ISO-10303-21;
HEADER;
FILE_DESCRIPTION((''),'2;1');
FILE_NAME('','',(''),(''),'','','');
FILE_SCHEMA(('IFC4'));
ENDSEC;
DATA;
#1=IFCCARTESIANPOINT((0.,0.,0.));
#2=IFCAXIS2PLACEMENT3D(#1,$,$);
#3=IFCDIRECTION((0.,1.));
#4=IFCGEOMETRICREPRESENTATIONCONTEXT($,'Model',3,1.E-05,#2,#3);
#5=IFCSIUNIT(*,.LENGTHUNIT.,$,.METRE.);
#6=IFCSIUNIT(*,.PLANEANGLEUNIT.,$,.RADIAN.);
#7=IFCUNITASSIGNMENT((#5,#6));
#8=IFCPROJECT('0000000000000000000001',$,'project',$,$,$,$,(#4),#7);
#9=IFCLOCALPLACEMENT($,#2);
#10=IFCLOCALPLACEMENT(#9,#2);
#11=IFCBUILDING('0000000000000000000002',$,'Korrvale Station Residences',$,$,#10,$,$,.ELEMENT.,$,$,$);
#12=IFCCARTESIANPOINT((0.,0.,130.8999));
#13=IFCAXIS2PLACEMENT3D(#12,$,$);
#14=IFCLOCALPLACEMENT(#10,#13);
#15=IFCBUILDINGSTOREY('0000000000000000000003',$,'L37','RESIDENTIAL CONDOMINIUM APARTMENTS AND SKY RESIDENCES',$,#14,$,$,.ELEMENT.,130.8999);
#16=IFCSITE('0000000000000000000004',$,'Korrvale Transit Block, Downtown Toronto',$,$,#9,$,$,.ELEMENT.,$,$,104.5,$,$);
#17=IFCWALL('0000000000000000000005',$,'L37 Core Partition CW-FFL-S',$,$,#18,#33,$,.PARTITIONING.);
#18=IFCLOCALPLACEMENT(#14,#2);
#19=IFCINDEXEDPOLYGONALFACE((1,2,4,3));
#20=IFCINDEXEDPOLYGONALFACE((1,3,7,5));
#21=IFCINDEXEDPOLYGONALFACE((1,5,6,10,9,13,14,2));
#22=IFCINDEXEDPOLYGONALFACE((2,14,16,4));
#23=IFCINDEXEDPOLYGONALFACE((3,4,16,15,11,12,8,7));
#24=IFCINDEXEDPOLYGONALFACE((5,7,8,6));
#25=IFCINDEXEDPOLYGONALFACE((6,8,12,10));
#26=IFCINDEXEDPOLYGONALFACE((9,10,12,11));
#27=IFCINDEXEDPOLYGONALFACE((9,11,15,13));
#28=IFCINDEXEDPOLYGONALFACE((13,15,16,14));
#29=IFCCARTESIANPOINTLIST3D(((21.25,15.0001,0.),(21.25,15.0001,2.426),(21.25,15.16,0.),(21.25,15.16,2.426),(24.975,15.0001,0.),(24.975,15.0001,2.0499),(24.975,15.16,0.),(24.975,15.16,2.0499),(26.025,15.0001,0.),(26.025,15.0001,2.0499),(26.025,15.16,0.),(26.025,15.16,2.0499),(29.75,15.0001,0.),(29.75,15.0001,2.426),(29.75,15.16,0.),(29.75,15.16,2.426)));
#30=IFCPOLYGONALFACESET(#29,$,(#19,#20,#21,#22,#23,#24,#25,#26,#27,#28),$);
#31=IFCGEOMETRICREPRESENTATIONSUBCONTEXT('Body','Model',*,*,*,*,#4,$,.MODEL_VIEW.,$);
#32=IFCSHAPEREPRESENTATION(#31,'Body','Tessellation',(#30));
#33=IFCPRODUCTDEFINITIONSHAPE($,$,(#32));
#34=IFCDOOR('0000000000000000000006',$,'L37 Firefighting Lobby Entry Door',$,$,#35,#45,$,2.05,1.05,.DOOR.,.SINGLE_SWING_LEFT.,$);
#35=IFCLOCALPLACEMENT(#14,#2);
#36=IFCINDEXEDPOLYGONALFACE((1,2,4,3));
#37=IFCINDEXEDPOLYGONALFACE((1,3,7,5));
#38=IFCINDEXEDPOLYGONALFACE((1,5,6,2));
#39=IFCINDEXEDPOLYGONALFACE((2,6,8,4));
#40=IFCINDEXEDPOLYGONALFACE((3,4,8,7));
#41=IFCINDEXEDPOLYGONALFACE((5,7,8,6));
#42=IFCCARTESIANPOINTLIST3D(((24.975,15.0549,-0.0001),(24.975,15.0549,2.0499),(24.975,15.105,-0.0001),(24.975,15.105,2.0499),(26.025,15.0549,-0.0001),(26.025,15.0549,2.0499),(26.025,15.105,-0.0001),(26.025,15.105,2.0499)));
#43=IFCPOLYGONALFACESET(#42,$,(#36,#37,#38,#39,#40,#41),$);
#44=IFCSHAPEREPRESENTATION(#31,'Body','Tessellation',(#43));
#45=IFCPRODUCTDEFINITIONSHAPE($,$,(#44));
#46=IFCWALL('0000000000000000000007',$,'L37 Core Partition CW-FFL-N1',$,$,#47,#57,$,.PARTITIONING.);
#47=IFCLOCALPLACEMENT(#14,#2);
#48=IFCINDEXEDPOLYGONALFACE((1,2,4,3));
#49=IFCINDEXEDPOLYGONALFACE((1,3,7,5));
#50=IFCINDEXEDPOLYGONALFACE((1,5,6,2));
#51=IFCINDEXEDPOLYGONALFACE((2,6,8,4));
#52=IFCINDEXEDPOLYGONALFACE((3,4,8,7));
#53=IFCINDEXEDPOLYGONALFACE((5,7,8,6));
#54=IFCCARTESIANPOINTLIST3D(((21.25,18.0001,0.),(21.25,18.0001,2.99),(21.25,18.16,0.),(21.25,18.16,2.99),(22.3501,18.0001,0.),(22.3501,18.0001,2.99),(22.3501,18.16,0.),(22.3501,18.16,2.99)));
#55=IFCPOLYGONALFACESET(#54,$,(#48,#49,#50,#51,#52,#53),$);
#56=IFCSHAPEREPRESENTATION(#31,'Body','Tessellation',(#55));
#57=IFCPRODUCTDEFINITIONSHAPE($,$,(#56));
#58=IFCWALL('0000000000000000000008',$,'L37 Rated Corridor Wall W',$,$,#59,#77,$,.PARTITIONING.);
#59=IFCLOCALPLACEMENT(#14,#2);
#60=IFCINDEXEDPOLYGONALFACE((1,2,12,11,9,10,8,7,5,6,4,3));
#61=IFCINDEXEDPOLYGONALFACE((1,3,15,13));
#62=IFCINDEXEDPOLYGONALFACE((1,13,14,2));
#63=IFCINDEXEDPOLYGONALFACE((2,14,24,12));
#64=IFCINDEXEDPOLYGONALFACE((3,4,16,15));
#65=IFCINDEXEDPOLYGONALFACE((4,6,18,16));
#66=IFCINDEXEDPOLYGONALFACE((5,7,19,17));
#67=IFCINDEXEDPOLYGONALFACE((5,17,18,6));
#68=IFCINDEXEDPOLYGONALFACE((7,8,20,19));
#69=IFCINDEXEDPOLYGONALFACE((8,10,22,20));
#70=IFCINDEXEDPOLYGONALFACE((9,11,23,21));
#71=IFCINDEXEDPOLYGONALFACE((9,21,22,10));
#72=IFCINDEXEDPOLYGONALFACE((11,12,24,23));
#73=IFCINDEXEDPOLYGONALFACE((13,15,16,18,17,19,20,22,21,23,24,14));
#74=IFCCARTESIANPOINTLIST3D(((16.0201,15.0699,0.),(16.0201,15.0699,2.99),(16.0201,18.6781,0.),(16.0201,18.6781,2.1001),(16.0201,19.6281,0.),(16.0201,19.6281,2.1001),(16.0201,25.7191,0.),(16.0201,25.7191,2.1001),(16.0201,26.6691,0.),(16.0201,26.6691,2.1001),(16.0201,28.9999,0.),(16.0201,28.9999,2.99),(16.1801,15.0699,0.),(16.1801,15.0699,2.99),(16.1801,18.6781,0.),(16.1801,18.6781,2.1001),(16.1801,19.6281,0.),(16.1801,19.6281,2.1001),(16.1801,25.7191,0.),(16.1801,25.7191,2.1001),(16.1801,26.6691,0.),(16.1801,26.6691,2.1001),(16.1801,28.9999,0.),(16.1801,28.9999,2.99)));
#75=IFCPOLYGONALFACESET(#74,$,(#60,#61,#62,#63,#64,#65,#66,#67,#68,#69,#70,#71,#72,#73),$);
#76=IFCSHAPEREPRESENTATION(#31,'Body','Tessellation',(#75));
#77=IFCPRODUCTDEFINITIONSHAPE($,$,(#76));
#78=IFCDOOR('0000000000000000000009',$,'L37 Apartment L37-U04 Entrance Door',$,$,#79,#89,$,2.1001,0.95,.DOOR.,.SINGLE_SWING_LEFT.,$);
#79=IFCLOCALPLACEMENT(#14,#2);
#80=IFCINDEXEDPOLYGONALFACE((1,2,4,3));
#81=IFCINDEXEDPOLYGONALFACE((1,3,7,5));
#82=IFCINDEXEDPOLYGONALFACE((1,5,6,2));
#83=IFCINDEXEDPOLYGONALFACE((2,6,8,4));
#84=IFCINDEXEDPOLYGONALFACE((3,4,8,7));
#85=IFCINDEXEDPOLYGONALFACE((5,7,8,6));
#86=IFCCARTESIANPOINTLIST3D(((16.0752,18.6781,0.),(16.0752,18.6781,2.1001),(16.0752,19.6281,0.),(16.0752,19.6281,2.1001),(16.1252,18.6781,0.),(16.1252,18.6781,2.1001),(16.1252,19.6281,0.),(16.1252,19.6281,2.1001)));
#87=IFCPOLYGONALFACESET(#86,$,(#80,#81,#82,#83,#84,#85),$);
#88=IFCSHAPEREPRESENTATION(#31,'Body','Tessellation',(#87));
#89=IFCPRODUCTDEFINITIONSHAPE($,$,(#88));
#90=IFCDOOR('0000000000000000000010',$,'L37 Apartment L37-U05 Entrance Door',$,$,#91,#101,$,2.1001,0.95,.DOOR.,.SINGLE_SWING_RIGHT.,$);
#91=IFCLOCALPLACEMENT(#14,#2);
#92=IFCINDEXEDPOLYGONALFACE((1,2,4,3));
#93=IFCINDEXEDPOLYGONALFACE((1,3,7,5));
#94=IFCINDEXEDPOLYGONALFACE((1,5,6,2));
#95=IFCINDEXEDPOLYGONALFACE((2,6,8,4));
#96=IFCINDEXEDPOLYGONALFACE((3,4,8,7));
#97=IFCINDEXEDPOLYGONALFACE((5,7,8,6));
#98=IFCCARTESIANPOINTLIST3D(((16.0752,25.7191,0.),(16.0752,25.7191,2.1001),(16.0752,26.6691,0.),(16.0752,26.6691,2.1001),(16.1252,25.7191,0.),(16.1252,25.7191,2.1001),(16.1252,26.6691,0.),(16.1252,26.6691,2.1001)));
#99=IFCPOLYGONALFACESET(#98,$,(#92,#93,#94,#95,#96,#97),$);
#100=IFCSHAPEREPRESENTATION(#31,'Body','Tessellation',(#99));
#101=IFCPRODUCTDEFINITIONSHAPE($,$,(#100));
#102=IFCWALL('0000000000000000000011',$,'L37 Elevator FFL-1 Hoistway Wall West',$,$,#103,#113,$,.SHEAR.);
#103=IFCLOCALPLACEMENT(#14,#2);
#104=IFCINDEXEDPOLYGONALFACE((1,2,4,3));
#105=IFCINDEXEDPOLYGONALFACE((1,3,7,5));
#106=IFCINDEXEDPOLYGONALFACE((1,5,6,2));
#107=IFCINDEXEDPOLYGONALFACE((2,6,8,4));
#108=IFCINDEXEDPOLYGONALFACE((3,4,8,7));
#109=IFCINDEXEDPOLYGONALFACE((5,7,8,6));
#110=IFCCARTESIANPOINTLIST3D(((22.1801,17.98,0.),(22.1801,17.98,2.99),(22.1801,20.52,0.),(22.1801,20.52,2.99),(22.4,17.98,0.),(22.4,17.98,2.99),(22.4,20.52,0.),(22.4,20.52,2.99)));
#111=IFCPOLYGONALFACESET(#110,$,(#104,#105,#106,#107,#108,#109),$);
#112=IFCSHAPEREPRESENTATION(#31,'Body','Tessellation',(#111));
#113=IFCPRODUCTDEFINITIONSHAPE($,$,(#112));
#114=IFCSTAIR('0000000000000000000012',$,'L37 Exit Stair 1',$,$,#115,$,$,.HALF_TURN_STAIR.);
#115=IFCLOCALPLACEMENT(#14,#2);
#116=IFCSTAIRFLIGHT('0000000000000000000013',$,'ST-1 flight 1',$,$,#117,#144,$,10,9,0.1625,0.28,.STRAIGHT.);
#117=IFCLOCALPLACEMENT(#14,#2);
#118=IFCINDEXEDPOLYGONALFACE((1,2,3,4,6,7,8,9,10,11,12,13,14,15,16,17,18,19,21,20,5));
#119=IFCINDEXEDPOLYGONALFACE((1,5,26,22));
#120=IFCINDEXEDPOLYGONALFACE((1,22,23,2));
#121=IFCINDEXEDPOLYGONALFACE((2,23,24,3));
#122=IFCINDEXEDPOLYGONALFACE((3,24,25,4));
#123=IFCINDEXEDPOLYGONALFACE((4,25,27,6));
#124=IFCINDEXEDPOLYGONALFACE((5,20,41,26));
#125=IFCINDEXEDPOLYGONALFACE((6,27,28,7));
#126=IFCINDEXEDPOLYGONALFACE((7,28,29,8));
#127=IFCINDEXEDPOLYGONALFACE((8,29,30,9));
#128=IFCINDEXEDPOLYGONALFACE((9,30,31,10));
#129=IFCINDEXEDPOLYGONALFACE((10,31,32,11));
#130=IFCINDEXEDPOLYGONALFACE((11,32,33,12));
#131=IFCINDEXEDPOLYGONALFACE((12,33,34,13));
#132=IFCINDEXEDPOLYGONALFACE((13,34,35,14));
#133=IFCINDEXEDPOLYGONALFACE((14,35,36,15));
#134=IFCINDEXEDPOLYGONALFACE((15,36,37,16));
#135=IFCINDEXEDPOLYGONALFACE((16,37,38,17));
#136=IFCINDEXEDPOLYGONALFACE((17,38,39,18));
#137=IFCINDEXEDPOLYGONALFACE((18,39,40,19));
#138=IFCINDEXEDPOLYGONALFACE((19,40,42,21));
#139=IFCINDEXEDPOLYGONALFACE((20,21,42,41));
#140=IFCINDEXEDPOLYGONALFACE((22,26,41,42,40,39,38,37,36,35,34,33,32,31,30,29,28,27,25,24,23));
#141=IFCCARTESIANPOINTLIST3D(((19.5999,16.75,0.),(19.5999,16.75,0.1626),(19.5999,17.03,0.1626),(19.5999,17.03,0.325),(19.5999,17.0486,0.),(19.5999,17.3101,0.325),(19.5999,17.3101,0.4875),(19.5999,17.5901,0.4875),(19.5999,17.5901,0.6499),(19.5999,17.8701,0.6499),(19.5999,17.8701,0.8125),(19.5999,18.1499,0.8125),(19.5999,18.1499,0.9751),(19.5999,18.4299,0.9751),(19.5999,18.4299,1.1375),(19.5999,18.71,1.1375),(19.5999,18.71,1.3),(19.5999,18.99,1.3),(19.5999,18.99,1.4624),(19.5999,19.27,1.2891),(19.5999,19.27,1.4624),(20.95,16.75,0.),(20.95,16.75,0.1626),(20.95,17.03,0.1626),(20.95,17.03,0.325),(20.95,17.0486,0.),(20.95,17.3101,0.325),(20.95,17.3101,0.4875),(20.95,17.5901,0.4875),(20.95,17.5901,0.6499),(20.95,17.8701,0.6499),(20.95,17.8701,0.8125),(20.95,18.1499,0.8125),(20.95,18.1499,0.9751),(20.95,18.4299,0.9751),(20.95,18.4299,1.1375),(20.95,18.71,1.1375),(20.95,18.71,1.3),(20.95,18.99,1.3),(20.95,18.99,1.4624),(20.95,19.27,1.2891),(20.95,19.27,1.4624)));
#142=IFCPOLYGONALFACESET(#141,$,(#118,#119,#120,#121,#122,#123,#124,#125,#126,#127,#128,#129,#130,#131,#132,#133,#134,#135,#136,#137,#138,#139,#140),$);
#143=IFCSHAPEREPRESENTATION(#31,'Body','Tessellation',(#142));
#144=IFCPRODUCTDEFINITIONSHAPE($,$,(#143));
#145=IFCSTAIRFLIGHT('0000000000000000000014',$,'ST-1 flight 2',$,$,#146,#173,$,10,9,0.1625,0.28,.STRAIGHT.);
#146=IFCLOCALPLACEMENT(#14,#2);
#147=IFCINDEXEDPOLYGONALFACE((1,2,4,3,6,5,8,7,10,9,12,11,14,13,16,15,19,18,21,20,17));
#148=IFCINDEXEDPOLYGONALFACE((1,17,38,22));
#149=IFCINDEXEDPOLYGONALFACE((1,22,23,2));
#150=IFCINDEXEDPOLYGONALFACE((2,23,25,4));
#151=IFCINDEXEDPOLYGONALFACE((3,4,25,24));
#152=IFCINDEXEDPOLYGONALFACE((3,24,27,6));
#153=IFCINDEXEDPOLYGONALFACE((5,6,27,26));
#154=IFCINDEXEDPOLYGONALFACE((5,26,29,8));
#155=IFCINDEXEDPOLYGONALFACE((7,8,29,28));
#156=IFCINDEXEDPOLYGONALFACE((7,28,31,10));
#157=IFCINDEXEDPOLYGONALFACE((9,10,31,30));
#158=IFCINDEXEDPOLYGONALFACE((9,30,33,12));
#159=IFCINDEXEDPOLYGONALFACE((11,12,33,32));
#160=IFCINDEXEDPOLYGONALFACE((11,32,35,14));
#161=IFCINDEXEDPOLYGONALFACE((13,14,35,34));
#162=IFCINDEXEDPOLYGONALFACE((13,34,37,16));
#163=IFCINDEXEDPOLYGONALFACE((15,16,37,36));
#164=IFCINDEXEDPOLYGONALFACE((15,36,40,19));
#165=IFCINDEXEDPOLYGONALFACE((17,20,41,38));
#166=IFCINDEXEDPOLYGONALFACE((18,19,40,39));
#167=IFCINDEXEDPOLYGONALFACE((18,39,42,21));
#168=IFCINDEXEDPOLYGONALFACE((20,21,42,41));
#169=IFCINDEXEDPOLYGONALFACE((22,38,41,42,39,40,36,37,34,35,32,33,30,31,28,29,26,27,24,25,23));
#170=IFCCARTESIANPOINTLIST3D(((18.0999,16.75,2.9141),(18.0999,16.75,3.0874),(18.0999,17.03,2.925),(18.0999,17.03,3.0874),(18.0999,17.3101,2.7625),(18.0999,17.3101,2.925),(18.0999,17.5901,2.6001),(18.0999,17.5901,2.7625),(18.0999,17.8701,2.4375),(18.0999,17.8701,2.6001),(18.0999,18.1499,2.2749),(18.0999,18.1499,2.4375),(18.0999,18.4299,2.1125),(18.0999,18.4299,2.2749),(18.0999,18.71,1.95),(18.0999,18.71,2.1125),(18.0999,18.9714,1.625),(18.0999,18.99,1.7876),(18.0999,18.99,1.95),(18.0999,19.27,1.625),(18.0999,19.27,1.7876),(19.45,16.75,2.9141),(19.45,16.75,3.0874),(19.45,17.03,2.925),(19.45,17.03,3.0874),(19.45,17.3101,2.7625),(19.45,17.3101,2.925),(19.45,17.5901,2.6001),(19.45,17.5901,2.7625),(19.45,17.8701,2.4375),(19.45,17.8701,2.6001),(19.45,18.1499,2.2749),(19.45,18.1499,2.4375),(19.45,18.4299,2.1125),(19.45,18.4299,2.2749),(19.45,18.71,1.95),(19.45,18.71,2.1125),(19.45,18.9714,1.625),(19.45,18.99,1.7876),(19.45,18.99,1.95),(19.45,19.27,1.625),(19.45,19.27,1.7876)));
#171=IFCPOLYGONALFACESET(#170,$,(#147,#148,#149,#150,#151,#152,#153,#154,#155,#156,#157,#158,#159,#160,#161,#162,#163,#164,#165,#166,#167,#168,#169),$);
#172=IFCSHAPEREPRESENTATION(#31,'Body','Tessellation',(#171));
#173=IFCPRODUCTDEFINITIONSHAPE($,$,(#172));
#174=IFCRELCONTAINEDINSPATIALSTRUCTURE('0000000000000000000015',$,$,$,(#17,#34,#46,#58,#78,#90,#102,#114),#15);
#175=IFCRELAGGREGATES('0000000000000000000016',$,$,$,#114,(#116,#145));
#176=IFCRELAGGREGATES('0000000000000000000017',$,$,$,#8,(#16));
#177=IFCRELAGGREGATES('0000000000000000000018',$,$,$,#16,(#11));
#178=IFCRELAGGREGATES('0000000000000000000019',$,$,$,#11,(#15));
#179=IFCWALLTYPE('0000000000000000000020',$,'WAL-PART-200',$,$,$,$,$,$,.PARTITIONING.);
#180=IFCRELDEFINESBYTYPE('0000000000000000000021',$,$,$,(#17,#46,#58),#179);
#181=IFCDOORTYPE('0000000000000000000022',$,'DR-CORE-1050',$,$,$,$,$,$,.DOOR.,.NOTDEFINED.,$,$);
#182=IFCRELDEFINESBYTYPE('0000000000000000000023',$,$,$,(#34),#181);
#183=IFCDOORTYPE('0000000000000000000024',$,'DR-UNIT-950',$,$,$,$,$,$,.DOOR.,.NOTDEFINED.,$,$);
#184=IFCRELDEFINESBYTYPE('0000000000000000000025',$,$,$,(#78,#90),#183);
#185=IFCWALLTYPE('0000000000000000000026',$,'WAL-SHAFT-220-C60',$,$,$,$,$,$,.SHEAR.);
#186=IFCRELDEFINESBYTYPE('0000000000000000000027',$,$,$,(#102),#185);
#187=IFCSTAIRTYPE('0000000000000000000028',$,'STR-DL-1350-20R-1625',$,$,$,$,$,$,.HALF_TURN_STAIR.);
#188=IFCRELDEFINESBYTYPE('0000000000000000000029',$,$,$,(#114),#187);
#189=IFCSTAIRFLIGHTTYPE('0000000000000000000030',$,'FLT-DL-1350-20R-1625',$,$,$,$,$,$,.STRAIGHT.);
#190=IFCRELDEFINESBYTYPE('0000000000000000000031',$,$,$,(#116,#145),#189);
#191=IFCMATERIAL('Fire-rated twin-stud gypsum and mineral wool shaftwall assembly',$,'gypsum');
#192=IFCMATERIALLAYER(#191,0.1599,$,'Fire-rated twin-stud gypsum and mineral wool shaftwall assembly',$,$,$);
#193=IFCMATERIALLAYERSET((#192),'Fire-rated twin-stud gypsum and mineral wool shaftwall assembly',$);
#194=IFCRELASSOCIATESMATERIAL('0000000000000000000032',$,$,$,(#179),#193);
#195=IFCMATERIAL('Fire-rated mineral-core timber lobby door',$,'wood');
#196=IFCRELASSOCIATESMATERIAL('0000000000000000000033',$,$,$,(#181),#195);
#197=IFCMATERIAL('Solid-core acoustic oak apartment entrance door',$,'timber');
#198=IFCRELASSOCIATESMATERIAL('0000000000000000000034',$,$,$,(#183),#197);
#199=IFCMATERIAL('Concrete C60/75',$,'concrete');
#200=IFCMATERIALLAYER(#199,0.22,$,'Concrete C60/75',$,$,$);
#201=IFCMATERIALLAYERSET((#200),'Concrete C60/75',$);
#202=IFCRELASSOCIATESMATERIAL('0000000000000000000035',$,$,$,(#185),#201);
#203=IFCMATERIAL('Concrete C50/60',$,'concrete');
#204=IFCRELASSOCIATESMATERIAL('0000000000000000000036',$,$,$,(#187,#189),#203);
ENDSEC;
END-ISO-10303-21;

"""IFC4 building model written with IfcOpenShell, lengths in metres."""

from ifc_helpers import new_model, si_unit, direction, frame, frame_2d, origin, place, context, subcontext, project, spatial, polyline, rectangle, outline, extrude, material, layer, layer_set, type_object, element, fill, aggregate, save


model = new_model("IFC4")

# Units and contexts
model_context = context("Model", 3, precision=1e-05, world=origin(), true_north=direction((0.0, 1.0)))
body_context = subcontext(model_context, "Body", "Model", "MODEL_VIEW")
ifc_project = project(units=[si_unit("LENGTHUNIT", "METRE"), si_unit("PLANEANGLEUNIT", "RADIAN")], contexts=[model_context])

# Site, building, storey
site_placement = place(None, origin())
site = spatial("IfcSite", under=ifc_project, at=site_placement, Name="Korrvale Transit Block, Downtown Toronto", CompositionType="ELEMENT", RefElevation=104.5)
building_placement = place(site_placement, origin())
building = spatial("IfcBuilding", under=site, at=building_placement, Name="Korrvale Station Residences", CompositionType="ELEMENT")
storey_placement = place(building_placement, frame((0.0, 0.0, 130.8999)))
storey = spatial("IfcBuildingStorey", under=building, at=storey_placement, Name="L37", Description="RESIDENTIAL CONDOMINIUM APARTMENTS AND SKY RESIDENCES", CompositionType="ELEMENT", Elevation=130.8999)

# Shared definitions
ifc_material_1 = material(Name="Concrete C60/75", Category="concrete")

# Wall, opening, door
ifc_material_2 = material(Name="Fire-rated twin-stud gypsum and mineral wool shaftwall assembly", Category="gypsum")
ifc_layer_1 = layer(ifc_material_2, 0.1599, Name="Fire-rated twin-stud gypsum and mineral wool shaftwall assembly")
ifc_layer_set_1 = layer_set([ifc_layer_1], Name="Fire-rated twin-stud gypsum and mineral wool shaftwall assembly")
wall_type_1 = type_object("IfcWallType", Name="WAL-PART-200", PredefinedType="PARTITIONING", material=ifc_layer_set_1)
wall_1_placement = place(storey_placement, frame((21.25, 15.0801, 0.0), z_axis=(0.0, 0.0, 1.0), x_axis=(1.0, 0.0, 0.0)))
wall_1 = element("IfcWall", 1, at=wall_1_placement, inside=storey, type_object=wall_type_1, Name="L37 Core Partition CW-FFL-S", PredefinedType="PARTITIONING", context=body_context, shape_type="SweptSolid", body=[
    extrude(rectangle(XDim=8.5, YDim=0.1599, at=frame_2d((4.25, 0.0))), origin(), (0.0, 0.0, 1.0), 2.426),
])
opening_1_placement = place(wall_1_placement, frame((3.7251, 0.0, 0.0)))
opening_1 = element("IfcOpeningElement", 2, at=opening_1_placement, cuts=wall_1, PredefinedType="OPENING", context=body_context, shape_type="SweptSolid", body=[
    extrude(rectangle(XDim=1.05, YDim=2.05, at=frame_2d((0.5249, 1.0249))), frame((0.0, 0.0898, 0.0), z_axis=(0.0, -1.0, 0.0), x_axis=(1.0, 0.0, 0.0)), (0.0, 0.0, 1.0), 0.1799),
])
ifc_material_3 = material(Name="Fire-rated mineral-core timber lobby door", Category="wood")
door_type_1 = type_object("IfcDoorType", Name="DR-CORE-1050", OperationType="NOTDEFINED", PredefinedType="DOOR", material=ifc_material_3)
door_1_placement = place(opening_1_placement, origin())
door_1 = element("IfcDoor", 3, at=door_1_placement, inside=storey, type_object=door_type_1, Name="L37 Firefighting Lobby Entry Door", OperationType="SINGLE_SWING_LEFT", OverallHeight=2.05, OverallWidth=1.05, PredefinedType="DOOR", context=body_context, shape_type="SweptSolid", body=[
    extrude(rectangle(XDim=1.05, YDim=2.05, at=frame_2d((0.5249, 1.0249))), frame((0.0, 0.0249, 0.0), z_axis=(0.0, -1.0, 0.0), x_axis=(1.0, 0.0, 0.0)), (0.0, 0.0, 1.0), 0.05),
])
fill(opening_1, door_1)

# Wall
wall_2_placement = place(storey_placement, frame((21.25, 18.0801, 0.0), z_axis=(0.0, 0.0, 1.0), x_axis=(1.0, 0.0, 0.0)))
element("IfcWall", 4, at=wall_2_placement, inside=storey, type_object=wall_type_1, Name="L37 Core Partition CW-FFL-N1", PredefinedType="PARTITIONING", context=body_context, shape_type="SweptSolid", body=[
    extrude(rectangle(XDim=1.1001, YDim=0.1599, at=frame_2d((0.55, 0.0))), origin(), (0.0, 0.0, 1.0), 2.99),
])

# Wall, openings, doors
wall_3_placement = place(storey_placement, frame((16.1001, 15.0701, 0.0), z_axis=(0.0, 0.0, 1.0), x_axis=(0.0, 1.0, 0.0)))
wall_3 = element("IfcWall", 5, at=wall_3_placement, inside=storey, type_object=wall_type_1, Name="L37 Rated Corridor Wall W", PredefinedType="PARTITIONING", context=body_context, shape_type="SweptSolid", body=[
    extrude(rectangle(XDim=13.9299, YDim=0.1599, at=frame_2d((6.9648, 0.0))), origin(), (0.0, 0.0, 1.0), 2.99),
])
opening_2_placement = place(wall_3_placement, frame((3.6079, 0.0, 0.0)))
opening_2 = element("IfcOpeningElement", 6, at=opening_2_placement, cuts=wall_3, PredefinedType="OPENING", context=body_context, shape_type="SweptSolid", body=[
    extrude(rectangle(XDim=0.95, YDim=2.1001, at=frame_2d((0.4751, 1.05))), frame((0.0, 0.0898, 0.0), z_axis=(0.0, -1.0, 0.0), x_axis=(1.0, 0.0, 0.0)), (0.0, 0.0, 1.0), 0.1799),
])
opening_3_placement = place(wall_3_placement, frame((10.6489, 0.0, 0.0)))
opening_3 = element("IfcOpeningElement", 7, at=opening_3_placement, cuts=wall_3, PredefinedType="OPENING", context=body_context, shape_type="SweptSolid", body=[
    extrude(rectangle(XDim=0.95, YDim=2.1001, at=frame_2d((0.4751, 1.05))), frame((0.0, 0.0898, 0.0), z_axis=(0.0, -1.0, 0.0), x_axis=(1.0, 0.0, 0.0)), (0.0, 0.0, 1.0), 0.1799),
])
ifc_material_4 = material(Name="Solid-core acoustic oak apartment entrance door", Category="timber")
door_type_2 = type_object("IfcDoorType", Name="DR-UNIT-950", OperationType="NOTDEFINED", PredefinedType="DOOR", material=ifc_material_4)
door_2_placement = place(opening_2_placement, origin())
door_2 = element("IfcDoor", 8, at=door_2_placement, inside=storey, type_object=door_type_2, Name="L37 Apartment L37-U04 Entrance Door", OperationType="SINGLE_SWING_LEFT", OverallHeight=2.1001, OverallWidth=0.95, PredefinedType="DOOR", context=body_context, shape_type="SweptSolid", body=[
    extrude(rectangle(XDim=0.95, YDim=2.1001, at=frame_2d((0.4751, 1.05))), frame((0.0, 0.0249, 0.0), z_axis=(0.0, -1.0, 0.0), x_axis=(1.0, 0.0, 0.0)), (0.0, 0.0, 1.0), 0.05),
])
fill(opening_2, door_2)
door_3_placement = place(opening_3_placement, origin())
door_3 = element("IfcDoor", 9, at=door_3_placement, inside=storey, type_object=door_type_2, Name="L37 Apartment L37-U05 Entrance Door", OperationType="SINGLE_SWING_RIGHT", OverallHeight=2.1001, OverallWidth=0.95, PredefinedType="DOOR", context=body_context, shape_type="SweptSolid", body=[
    extrude(rectangle(XDim=0.95, YDim=2.1001, at=frame_2d((0.4751, 1.05))), frame((0.0, 0.0249, 0.0), z_axis=(0.0, -1.0, 0.0), x_axis=(1.0, 0.0, 0.0)), (0.0, 0.0, 1.0), 0.05),
])
fill(opening_3, door_3)

# Wall
ifc_layer_2 = layer(ifc_material_1, 0.22, Name="Concrete C60/75")
ifc_layer_set_2 = layer_set([ifc_layer_2], Name="Concrete C60/75")
wall_type_2 = type_object("IfcWallType", Name="WAL-SHAFT-220-C60", PredefinedType="SHEAR", material=ifc_layer_set_2)
wall_4_placement = place(storey_placement, frame((22.29, 17.98, 0.0), z_axis=(0.0, 0.0, 1.0), x_axis=(0.0, 1.0, 0.0)))
element("IfcWall", 10, at=wall_4_placement, inside=storey, type_object=wall_type_2, Name="L37 Elevator FFL-1 Hoistway Wall West", PredefinedType="SHEAR", context=body_context, shape_type="SweptSolid", body=[
    extrude(rectangle(XDim=2.54, YDim=0.22, at=frame_2d((1.27, 0.0))), origin(), (0.0, 0.0, 1.0), 2.99),
])

# Stair, stair flights
ifc_material_5 = material(Name="Concrete C50/60", Category="concrete")
stair_type = type_object("IfcStairType", Name="STR-DL-1350-20R-1625", PredefinedType="HALF_TURN_STAIR", material=ifc_material_5)
stair_placement = place(storey_placement, origin())
stair = element("IfcStair", 11, at=stair_placement, inside=storey, type_object=stair_type, Name="L37 Exit Stair 1", PredefinedType="HALF_TURN_STAIR")
stair_flight_type = type_object("IfcStairFlightType", Name="FLT-DL-1350-20R-1625", PredefinedType="STRAIGHT", material=ifc_material_5)
stair_flight_1_placement = place(storey_placement, frame((20.2749, 16.75, 0.0), z_axis=(0.0, 0.0, 1.0), x_axis=(0.0, 1.0, 0.0)))
stair_flight_1 = element("IfcStairFlight", 12, at=stair_flight_1_placement, type_object=stair_flight_type, Name="ST-1 flight 1", NumberOfRisers=10, NumberOfTreads=9, PredefinedType="STRAIGHT", RiserHeight=0.1625, TreadLength=0.28, context=body_context, shape_type="SweptSolid", body=[
    extrude(outline(polyline([(0.0, 0.0), (0.0, 0.1626), (0.28, 0.1626), (0.28, 0.325), (0.5601, 0.325), (0.5601, 0.4875), (0.8401, 0.4875), (0.8401, 0.6499), (1.1201, 0.6499), (1.1201, 0.8125), (1.3999, 0.8125), (1.3999, 0.9751), (1.6799, 0.9751), (1.6799, 1.1375), (1.96, 1.1375), (1.96, 1.3), (2.24, 1.3), (2.24, 1.4624), (2.52, 1.4624), (2.52, 1.625), (2.52, 1.2891), (0.2986, 0.0), (0.0, 0.0)])), frame((0.0, 0.675, 0.0), z_axis=(0.0, -1.0, 0.0), x_axis=(1.0, 0.0, 0.0)), (0.0, 0.0, 1.0), 1.3501),
])
stair_flight_2_placement = place(storey_placement, frame((18.7749, 19.27, 1.625), z_axis=(0.0, 0.0, 1.0), x_axis=(0.0, -1.0, 0.0)))
stair_flight_2 = element("IfcStairFlight", 13, at=stair_flight_2_placement, type_object=stair_flight_type, Name="ST-1 flight 2", NumberOfRisers=10, NumberOfTreads=9, PredefinedType="STRAIGHT", RiserHeight=0.1625, TreadLength=0.28, context=body_context, shape_type="SweptSolid", body=[
    extrude(outline(polyline([(0.0, 0.0), (0.0, 0.1626), (0.28, 0.1626), (0.28, 0.325), (0.5601, 0.325), (0.5601, 0.4875), (0.8401, 0.4875), (0.8401, 0.6499), (1.1201, 0.6499), (1.1201, 0.8125), (1.3999, 0.8125), (1.3999, 0.9751), (1.6799, 0.9751), (1.6799, 1.1375), (1.96, 1.1375), (1.96, 1.3), (2.24, 1.3), (2.24, 1.4624), (2.52, 1.4624), (2.52, 1.625), (2.52, 1.2891), (0.2986, 0.0), (0.0, 0.0)])), frame((0.0, 0.675, 0.0), z_axis=(0.0, -1.0, 0.0), x_axis=(1.0, 0.0, 0.0)), (0.0, 0.0, 1.0), 1.3501),
])
aggregate(stair, [stair_flight_1, stair_flight_2])

save(model, "model.ifc")
